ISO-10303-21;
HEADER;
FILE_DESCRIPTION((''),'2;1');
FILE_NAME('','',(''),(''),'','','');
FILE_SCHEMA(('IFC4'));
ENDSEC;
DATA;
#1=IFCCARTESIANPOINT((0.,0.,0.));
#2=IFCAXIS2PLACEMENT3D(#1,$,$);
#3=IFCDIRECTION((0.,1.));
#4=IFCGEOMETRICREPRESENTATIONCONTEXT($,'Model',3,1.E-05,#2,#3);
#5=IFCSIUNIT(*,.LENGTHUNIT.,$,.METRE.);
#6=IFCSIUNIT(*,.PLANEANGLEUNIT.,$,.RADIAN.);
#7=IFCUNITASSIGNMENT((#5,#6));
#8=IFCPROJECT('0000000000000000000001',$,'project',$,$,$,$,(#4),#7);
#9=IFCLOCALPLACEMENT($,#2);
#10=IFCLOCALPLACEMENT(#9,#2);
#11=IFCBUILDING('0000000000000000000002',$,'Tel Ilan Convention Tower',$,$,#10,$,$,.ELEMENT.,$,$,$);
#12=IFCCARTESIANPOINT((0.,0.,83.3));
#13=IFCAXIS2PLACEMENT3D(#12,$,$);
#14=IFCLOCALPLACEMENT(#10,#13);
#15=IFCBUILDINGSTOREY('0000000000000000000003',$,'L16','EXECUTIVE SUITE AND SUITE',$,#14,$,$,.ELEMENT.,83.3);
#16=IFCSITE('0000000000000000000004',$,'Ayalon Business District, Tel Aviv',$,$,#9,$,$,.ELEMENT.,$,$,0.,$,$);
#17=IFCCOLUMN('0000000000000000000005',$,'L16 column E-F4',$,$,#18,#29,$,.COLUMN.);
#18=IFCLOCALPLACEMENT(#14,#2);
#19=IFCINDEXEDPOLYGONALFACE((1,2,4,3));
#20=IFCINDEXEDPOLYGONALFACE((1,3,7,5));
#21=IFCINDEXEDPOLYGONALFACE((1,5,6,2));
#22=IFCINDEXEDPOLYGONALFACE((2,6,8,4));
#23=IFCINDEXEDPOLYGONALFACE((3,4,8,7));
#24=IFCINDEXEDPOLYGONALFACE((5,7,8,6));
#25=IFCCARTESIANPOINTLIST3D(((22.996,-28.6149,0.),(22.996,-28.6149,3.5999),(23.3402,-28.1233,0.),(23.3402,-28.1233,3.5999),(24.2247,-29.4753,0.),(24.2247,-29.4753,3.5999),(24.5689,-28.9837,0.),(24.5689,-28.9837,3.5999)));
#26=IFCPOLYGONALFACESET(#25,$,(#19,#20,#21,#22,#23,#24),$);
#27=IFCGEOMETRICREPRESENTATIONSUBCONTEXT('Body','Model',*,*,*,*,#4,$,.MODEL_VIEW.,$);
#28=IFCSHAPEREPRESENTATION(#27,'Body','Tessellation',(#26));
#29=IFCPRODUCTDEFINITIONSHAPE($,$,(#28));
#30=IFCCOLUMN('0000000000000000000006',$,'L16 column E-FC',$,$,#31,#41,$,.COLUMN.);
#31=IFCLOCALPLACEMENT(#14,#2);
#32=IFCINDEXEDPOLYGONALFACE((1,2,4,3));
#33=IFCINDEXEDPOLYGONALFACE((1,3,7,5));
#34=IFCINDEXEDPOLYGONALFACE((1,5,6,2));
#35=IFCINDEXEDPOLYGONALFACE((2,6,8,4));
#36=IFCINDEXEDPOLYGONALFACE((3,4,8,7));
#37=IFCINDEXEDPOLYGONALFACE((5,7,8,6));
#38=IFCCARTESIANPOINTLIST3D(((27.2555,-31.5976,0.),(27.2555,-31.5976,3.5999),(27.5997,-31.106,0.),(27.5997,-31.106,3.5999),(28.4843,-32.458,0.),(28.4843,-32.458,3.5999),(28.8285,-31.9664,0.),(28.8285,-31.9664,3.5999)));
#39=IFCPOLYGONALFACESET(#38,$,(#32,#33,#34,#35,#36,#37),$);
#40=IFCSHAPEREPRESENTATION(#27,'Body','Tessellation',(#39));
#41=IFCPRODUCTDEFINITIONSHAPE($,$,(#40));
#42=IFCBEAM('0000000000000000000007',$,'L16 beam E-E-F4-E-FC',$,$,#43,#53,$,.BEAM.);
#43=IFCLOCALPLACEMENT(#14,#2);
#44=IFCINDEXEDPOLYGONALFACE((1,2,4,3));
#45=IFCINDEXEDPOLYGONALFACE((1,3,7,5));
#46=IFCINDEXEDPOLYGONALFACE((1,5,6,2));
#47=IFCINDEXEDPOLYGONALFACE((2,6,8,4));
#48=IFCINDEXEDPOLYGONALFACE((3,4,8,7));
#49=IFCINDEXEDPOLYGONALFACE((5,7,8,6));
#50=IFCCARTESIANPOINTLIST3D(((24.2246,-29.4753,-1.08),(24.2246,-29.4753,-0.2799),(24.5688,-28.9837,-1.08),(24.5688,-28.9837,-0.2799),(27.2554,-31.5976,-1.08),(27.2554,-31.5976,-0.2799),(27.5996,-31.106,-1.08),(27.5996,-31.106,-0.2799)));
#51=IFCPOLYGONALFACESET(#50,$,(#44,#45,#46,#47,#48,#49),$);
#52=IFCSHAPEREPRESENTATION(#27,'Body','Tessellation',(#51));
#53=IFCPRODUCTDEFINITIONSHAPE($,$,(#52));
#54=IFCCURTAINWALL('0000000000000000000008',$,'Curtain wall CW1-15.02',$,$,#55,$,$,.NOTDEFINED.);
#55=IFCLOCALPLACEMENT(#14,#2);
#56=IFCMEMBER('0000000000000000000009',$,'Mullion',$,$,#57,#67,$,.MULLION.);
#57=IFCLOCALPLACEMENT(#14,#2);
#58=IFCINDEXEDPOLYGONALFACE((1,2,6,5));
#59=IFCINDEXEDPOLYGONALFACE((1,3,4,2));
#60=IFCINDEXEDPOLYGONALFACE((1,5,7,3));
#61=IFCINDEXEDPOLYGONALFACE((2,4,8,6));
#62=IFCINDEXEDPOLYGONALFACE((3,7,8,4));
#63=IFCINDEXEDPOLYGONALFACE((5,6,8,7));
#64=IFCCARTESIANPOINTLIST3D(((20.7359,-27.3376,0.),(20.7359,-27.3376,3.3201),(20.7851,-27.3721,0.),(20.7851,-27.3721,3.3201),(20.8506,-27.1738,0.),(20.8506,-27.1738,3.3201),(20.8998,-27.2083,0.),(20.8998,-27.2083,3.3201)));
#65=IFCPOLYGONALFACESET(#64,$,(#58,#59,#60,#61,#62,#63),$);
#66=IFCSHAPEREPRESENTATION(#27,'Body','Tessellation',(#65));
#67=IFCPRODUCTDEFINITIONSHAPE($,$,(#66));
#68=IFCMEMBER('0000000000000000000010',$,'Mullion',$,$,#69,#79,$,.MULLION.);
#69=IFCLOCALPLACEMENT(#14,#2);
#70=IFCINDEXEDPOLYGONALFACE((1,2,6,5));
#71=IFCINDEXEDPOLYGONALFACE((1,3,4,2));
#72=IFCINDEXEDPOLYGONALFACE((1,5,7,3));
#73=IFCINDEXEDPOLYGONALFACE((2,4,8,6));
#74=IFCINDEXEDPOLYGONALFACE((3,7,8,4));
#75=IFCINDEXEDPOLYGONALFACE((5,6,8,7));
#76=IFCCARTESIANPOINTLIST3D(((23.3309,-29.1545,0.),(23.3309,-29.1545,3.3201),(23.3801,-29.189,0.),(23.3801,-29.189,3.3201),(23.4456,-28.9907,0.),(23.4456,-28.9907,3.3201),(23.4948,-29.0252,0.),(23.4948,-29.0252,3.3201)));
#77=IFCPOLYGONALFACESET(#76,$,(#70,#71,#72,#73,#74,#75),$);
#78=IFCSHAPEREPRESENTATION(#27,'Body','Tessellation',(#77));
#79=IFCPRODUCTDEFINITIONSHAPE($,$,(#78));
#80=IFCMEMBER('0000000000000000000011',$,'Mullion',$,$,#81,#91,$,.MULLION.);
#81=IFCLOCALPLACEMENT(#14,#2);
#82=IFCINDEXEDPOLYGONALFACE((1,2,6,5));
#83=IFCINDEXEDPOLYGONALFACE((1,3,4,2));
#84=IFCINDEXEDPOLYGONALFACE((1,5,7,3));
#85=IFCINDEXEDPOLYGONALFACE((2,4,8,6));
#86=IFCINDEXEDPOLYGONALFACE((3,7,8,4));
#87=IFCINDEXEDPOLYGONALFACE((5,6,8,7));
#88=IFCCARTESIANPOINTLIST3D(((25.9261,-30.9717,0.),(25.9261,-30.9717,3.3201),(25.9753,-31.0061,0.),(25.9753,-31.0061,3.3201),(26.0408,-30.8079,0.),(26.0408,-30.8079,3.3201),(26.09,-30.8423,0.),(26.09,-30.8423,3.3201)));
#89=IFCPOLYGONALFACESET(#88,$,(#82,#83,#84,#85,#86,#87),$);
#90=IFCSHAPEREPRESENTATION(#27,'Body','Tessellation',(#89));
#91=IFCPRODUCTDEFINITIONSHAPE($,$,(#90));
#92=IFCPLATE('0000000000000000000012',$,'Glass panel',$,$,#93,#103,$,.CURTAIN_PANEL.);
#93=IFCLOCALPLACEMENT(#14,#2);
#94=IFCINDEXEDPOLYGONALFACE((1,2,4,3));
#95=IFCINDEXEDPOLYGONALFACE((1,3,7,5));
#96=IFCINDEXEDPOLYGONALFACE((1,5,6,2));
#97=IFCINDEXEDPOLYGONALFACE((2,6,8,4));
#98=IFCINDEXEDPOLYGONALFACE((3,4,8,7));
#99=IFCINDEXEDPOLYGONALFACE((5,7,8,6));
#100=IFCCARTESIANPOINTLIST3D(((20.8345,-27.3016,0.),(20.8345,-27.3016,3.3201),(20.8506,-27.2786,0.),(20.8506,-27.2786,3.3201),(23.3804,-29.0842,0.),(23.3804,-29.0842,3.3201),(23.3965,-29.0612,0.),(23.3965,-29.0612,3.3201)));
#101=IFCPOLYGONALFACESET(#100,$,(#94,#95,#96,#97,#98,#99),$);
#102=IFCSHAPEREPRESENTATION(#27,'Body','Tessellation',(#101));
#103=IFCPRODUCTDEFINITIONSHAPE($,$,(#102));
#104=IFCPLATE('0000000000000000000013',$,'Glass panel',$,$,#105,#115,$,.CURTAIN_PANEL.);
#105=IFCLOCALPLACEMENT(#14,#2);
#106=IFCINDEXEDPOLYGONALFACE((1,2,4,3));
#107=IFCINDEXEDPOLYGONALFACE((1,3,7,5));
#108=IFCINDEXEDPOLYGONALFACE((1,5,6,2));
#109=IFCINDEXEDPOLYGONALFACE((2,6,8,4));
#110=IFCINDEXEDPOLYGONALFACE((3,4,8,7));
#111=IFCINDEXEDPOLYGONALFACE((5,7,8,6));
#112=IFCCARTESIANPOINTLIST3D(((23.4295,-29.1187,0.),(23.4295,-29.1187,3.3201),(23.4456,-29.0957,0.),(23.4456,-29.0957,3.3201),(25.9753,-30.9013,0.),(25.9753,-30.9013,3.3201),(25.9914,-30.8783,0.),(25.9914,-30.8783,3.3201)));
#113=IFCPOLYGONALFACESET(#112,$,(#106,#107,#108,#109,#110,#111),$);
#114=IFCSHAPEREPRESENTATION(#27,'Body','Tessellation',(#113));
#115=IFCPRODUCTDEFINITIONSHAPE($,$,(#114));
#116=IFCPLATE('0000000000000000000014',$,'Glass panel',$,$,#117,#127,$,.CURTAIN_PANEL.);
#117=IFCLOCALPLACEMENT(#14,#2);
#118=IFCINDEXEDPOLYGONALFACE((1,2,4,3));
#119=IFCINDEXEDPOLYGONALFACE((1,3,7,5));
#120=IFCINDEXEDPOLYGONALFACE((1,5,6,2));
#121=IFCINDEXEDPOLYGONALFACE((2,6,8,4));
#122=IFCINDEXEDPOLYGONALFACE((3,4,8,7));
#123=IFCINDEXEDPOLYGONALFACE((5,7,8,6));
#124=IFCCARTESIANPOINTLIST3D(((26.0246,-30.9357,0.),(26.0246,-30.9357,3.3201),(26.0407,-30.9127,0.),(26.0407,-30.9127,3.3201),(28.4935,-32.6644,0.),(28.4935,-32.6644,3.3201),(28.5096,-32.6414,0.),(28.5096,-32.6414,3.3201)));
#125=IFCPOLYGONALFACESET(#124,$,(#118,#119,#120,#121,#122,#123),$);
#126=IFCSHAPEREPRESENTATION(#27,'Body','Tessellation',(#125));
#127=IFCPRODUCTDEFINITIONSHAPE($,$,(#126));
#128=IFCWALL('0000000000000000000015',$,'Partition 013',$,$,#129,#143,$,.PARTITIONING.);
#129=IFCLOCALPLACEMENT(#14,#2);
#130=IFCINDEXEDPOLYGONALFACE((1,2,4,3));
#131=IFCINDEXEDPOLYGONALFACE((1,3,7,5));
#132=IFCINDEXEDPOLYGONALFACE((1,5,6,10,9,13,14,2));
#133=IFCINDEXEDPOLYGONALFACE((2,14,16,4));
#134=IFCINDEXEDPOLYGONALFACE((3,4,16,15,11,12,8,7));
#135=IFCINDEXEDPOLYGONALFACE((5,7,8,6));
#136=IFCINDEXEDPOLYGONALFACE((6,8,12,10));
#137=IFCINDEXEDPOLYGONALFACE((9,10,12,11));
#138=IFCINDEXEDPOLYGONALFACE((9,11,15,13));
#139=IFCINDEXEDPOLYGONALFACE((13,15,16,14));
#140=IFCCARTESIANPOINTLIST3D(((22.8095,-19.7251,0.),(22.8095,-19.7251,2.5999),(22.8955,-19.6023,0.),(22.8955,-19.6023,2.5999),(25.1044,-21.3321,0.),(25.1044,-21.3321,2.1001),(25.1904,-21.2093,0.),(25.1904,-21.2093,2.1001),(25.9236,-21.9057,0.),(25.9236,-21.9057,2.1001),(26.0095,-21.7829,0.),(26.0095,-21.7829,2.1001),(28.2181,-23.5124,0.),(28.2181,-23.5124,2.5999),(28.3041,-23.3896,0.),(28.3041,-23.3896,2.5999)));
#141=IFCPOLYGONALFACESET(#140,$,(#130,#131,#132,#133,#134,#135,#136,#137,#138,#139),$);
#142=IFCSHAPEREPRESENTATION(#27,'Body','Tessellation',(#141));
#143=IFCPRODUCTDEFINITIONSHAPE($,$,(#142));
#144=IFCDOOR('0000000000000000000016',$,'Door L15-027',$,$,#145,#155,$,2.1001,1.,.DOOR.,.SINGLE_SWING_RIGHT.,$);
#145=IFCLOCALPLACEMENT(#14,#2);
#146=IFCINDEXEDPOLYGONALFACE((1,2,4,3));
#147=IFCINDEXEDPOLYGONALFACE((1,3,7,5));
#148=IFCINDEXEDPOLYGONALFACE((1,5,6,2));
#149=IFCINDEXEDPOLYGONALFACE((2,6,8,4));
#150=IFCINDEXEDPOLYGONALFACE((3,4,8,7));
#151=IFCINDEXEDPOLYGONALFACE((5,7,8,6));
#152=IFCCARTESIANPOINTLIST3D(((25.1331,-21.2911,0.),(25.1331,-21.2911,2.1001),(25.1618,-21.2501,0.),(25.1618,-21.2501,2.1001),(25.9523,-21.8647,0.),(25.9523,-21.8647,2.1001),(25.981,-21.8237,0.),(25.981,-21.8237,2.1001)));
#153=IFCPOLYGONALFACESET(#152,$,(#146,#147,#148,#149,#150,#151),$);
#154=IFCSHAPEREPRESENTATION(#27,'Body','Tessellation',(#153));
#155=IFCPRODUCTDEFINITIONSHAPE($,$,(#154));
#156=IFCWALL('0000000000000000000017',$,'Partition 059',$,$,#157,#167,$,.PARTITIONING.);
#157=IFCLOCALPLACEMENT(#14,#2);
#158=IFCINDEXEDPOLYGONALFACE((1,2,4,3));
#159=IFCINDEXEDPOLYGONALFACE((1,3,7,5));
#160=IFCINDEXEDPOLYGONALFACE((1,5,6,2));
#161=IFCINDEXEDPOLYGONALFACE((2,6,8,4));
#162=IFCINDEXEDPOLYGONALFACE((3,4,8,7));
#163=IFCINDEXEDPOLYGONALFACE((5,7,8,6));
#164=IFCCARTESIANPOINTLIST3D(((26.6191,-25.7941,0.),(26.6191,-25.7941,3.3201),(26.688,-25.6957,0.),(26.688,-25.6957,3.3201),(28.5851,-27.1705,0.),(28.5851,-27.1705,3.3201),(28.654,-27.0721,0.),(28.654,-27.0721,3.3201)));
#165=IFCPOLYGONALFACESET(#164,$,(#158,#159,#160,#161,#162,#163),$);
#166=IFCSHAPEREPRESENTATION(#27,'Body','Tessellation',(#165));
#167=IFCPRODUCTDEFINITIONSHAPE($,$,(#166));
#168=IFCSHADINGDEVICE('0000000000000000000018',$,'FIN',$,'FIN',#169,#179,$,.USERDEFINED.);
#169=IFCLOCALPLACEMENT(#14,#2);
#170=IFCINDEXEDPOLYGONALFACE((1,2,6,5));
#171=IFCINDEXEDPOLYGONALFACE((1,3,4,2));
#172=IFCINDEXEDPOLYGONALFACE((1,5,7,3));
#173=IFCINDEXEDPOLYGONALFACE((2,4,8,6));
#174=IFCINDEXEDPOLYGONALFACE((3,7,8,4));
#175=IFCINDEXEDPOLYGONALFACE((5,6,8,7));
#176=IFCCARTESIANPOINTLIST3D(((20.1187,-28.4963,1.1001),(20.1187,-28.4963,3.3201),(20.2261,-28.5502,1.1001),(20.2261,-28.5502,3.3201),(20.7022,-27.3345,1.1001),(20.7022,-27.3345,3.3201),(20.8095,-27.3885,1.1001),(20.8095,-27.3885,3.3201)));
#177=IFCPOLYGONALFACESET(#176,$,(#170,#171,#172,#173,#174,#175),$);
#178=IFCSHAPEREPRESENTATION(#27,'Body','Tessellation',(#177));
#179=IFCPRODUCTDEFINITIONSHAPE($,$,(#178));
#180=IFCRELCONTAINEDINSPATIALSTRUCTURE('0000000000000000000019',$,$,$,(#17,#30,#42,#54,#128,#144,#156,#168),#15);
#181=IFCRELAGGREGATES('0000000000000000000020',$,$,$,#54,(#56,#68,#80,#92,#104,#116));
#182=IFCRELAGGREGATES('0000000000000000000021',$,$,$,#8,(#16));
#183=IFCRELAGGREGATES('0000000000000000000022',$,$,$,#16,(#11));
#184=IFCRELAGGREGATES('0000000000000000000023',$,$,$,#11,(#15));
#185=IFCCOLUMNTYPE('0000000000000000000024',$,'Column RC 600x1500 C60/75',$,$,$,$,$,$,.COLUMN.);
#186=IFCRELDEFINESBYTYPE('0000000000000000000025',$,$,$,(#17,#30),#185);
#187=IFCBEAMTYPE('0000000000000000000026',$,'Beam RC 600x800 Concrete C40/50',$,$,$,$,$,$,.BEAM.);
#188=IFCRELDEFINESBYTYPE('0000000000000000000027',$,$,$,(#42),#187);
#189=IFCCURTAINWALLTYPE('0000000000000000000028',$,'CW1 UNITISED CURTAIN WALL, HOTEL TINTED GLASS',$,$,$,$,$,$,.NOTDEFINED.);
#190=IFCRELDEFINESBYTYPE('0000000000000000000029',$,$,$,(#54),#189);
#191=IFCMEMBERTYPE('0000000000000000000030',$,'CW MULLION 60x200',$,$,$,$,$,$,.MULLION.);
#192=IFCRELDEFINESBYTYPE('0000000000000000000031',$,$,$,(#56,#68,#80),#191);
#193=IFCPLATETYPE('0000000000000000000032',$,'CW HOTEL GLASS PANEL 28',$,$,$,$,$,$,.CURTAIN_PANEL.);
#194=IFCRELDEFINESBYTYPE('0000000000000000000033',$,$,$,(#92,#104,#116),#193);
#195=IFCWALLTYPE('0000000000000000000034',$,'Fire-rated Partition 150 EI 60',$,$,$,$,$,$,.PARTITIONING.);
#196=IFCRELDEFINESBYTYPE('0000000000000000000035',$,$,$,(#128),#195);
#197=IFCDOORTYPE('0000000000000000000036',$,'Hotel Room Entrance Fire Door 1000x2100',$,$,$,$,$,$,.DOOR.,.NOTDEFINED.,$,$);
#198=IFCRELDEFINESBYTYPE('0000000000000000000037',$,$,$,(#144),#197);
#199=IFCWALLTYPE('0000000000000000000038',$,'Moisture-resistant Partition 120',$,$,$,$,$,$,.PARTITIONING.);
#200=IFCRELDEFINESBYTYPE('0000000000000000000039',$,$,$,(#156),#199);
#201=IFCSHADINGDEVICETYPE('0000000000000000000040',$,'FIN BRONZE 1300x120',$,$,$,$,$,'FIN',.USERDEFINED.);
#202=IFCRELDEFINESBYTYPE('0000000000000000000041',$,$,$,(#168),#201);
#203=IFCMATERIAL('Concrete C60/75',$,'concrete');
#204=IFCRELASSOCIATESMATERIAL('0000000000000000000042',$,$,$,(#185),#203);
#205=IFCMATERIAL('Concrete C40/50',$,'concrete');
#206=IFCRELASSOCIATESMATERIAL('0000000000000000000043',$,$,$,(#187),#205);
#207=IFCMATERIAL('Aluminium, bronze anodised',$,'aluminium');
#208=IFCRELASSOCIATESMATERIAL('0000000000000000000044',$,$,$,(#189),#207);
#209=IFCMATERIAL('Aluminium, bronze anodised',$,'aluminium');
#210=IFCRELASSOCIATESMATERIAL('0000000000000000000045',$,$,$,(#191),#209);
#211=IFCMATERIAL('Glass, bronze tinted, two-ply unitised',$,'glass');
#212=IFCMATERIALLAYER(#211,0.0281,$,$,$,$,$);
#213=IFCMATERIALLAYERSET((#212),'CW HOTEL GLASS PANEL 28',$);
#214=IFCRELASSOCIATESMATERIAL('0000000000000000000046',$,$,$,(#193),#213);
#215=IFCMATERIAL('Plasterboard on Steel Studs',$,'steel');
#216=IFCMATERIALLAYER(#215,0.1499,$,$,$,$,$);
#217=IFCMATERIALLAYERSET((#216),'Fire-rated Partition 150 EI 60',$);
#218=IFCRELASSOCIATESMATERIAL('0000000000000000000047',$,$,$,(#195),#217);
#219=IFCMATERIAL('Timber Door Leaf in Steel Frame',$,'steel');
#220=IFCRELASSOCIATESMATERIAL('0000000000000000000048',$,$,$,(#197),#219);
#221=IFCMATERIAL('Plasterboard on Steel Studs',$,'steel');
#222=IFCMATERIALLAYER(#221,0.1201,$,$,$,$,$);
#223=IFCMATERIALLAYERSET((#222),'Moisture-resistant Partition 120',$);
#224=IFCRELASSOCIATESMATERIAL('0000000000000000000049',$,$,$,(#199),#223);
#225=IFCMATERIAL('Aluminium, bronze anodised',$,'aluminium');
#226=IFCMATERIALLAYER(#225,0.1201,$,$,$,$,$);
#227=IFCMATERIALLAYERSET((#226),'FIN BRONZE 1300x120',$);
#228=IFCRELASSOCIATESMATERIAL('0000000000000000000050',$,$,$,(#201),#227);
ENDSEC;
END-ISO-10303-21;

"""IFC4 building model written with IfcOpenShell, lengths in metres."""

from ifc_helpers import new_model, si_unit, direction, frame, frame_2d, origin, origin_2d, place, context, subcontext, project, spatial, rectangle, extrude, material, layer, layer_set, material_profile, profile_set, type_object, element, fill, aggregate, save


model = new_model("IFC4")

# Units and contexts
model_context = context("Model", 3, precision=1e-05, world=origin(), true_north=direction((0.0, 1.0)))
body_context = subcontext(model_context, "Body", "Model", "MODEL_VIEW")
ifc_project = project(units=[si_unit("LENGTHUNIT", "METRE"), si_unit("PLANEANGLEUNIT", "RADIAN")], contexts=[model_context])

# Site, building, storey
site_placement = place(None, origin())
site = spatial("IfcSite", under=ifc_project, at=site_placement, Name="Ayalon Business District, Tel Aviv", CompositionType="ELEMENT", RefElevation=0.0)
building_placement = place(site_placement, origin())
building = spatial("IfcBuilding", under=site, at=building_placement, Name="Tel Ilan Convention Tower", CompositionType="ELEMENT")
storey_placement = place(building_placement, frame((0.0, 0.0, 83.3)))
storey = spatial("IfcBuildingStorey", under=building, at=storey_placement, Name="L16", Description="EXECUTIVE SUITE AND SUITE", CompositionType="ELEMENT", Elevation=83.3)

# Columns
ifc_material_1 = material(Name="Concrete C60/75", Category="concrete")
ifc_material_profile_1 = material_profile(ifc_material_1, rectangle(XDim=1.5, YDim=0.6001, at=origin_2d()), Name="RC 600x1500")
ifc_profile_set_1 = profile_set([ifc_material_profile_1], Name="Concrete C60/75")
column_type = type_object("IfcColumnType", Name="Column RC 600x1500 C60/75", PredefinedType="COLUMN", material=ifc_profile_set_1)
for number, where, z_axis, x_axis, name in (
    (1, (23.7825, -28.7993, 0.0), (0.0, 0.0, 1.0), (0.819152, -0.573576, 0.0), "L16 column E-F4"),
    (2, (28.042, -31.782, 0.0), (0.0, 0.0, 1.0), (0.819152, -0.573576, 0.0), "L16 column E-FC"),
):
    element("IfcColumn", number, at=place(storey_placement, frame(where, z_axis=z_axis, x_axis=x_axis)), inside=storey, type_object=column_type, Name=name, PredefinedType="COLUMN", context=body_context, shape_type="SweptSolid", body=[
        extrude(rectangle(XDim=1.5, YDim=0.6001, at=origin_2d()), origin(), (0.0, 0.0, 1.0), 3.5999),
    ])

# Beam
ifc_material_2 = material(Name="Concrete C40/50", Category="concrete")
ifc_material_profile_2 = material_profile(ifc_material_2, rectangle(XDim=0.6001, YDim=0.8, at=origin_2d()), Name="RC 600x800")
ifc_profile_set_2 = profile_set([ifc_material_profile_2], Name="Concrete C40/50")
beam_type = type_object("IfcBeamType", Name="Beam RC 600x800 Concrete C40/50", PredefinedType="BEAM", material=ifc_profile_set_2)
beam_placement = place(storey_placement, frame((24.3967, -29.2295, -0.6799), z_axis=(0.819133, -0.573604, 0.0), x_axis=(0.573604, 0.819133, 0.0)))
element("IfcBeam", 3, at=beam_placement, inside=storey, type_object=beam_type, Name="L16 beam E-E-F4-E-FC", PredefinedType="BEAM", context=body_context, shape_type="SweptSolid", body=[
    extrude(rectangle(XDim=0.6001, YDim=0.8, at=origin_2d()), origin(), (0.0, 0.0, 1.0), 3.7),
])

# Curtain wall, members, plates
ifc_material_3 = material(Name="Aluminium, bronze anodised", Category="aluminium")
curtain_wall_type = type_object("IfcCurtainWallType", Name="CW1 UNITISED CURTAIN WALL, HOTEL TINTED GLASS", PredefinedType="NOTDEFINED", material=ifc_material_3)
curtain_wall_placement = place(storey_placement, origin())
curtain_wall = element("IfcCurtainWall", 4, at=curtain_wall_placement, inside=storey, type_object=curtain_wall_type, Name="Curtain wall CW1-15.02", PredefinedType="NOTDEFINED")
ifc_material_4 = material(Name="Aluminium, bronze anodised", Category="aluminium")
ifc_material_profile_3 = material_profile(ifc_material_4, rectangle(XDim=0.0601, YDim=0.2, at=origin_2d()), Name="CW MULLION 60x200")
ifc_profile_set_3 = profile_set([ifc_material_profile_3], Name="Aluminium, bronze anodised")
member_type = type_object("IfcMemberType", Name="CW MULLION 60x200", PredefinedType="MULLION", material=ifc_profile_set_3)
member_1_placement = place(storey_placement, frame((20.8179, -27.2729, 0.0), z_axis=(0.0, 0.0, 1.0), x_axis=(0.819152, -0.573576, 0.0)))
member_1 = element("IfcMember", 5, at=member_1_placement, type_object=member_type, Name="Mullion", PredefinedType="MULLION", context=body_context, shape_type="SweptSolid", body=[
    extrude(rectangle(XDim=0.0601, YDim=0.2, at=origin_2d()), origin(), (0.0, 0.0, 1.0), 3.3201),
])
member_2_placement = place(storey_placement, frame((23.4128, -29.0898, 0.0), z_axis=(0.0, 0.0, 1.0), x_axis=(0.819152, -0.573576, 0.0)))
member_2 = element("IfcMember", 6, at=member_2_placement, type_object=member_type, Name="Mullion", PredefinedType="MULLION", context=body_context, shape_type="SweptSolid", body=[
    extrude(rectangle(XDim=0.0601, YDim=0.2, at=origin_2d()), origin(), (0.0, 0.0, 1.0), 3.3201),
])
member_3_placement = place(storey_placement, frame((26.0081, -30.907, 0.0), z_axis=(0.0, 0.0, 1.0), x_axis=(0.819152, -0.573576, 0.0)))
member_3 = element("IfcMember", 7, at=member_3_placement, type_object=member_type, Name="Mullion", PredefinedType="MULLION", context=body_context, shape_type="SweptSolid", body=[
    extrude(rectangle(XDim=0.0601, YDim=0.2, at=origin_2d()), origin(), (0.0, 0.0, 1.0), 3.3201),
])
ifc_material_5 = material(Name="Glass, bronze tinted, two-ply unitised", Category="glass")
ifc_layer_1 = layer(ifc_material_5, 0.0281)
ifc_layer_set_1 = layer_set([ifc_layer_1], Name="CW HOTEL GLASS PANEL 28")
plate_type = type_object("IfcPlateType", Name="CW HOTEL GLASS PANEL 28", PredefinedType="CURTAIN_PANEL", material=ifc_layer_set_1)
plate_1_placement = place(storey_placement, frame((22.1155, -28.1814, 0.0), z_axis=(0.0, 0.0, 1.0), x_axis=(0.819152, -0.573576, 0.0)))
plate_1 = element("IfcPlate", 8, at=plate_1_placement, type_object=plate_type, Name="Glass panel", PredefinedType="CURTAIN_PANEL", context=body_context, shape_type="SweptSolid", body=[
    extrude(rectangle(XDim=3.1079, YDim=0.0281, at=origin_2d()), origin(), (0.0, 0.0, 1.0), 3.3201),
])
plate_2_placement = place(storey_placement, frame((24.7104, -29.9985, 0.0), z_axis=(0.0, 0.0, 1.0), x_axis=(0.819152, -0.573576, 0.0)))
plate_2 = element("IfcPlate", 9, at=plate_2_placement, type_object=plate_type, Name="Glass panel", PredefinedType="CURTAIN_PANEL", context=body_context, shape_type="SweptSolid", body=[
    extrude(rectangle(XDim=3.1079, YDim=0.0281, at=origin_2d()), origin(), (0.0, 0.0, 1.0), 3.3201),
])
plate_3_placement = place(storey_placement, frame((27.2671, -31.7886, 0.0), z_axis=(0.0, 0.0, 1.0), x_axis=(0.819152, -0.573576, 0.0)))
plate_3 = element("IfcPlate", 10, at=plate_3_placement, type_object=plate_type, Name="Glass panel", PredefinedType="CURTAIN_PANEL", context=body_context, shape_type="SweptSolid", body=[
    extrude(rectangle(XDim=3.0139, YDim=0.0281, at=origin_2d()), origin(), (0.0, 0.0, 1.0), 3.3201),
])
aggregate(curtain_wall, [member_1, member_2, member_3, plate_1, plate_2, plate_3])

# Wall, opening, door
ifc_material_6 = material(Name="Plasterboard on Steel Studs", Category="steel")
ifc_layer_2 = layer(ifc_material_6, 0.1499)
ifc_layer_set_2 = layer_set([ifc_layer_2], Name="Fire-rated Partition 150 EI 60")
wall_type_1 = type_object("IfcWallType", Name="Fire-rated Partition 150 EI 60", PredefinedType="PARTITIONING", material=ifc_layer_set_2)
wall_1_placement = place(storey_placement, frame((28.261, -23.4509, 0.0), z_axis=(0.0, 0.0, 1.0), x_axis=(-0.819142, 0.573591, 0.0)))
wall_1 = element("IfcWall", 11, at=wall_1_placement, inside=storey, type_object=wall_type_1, Name="Partition 013", PredefinedType="PARTITIONING", context=body_context, shape_type="SweptSolid", body=[
    extrude(rectangle(XDim=6.6028, YDim=0.1499, at=frame_2d((3.3013, 0.0))), origin(), (0.0, 0.0, 1.0), 2.5999),
])
opening_placement = place(wall_1_placement, frame((2.801, 0.0, 0.0)))
opening = element("IfcOpeningElement", 12, at=opening_placement, cuts=wall_1, PredefinedType="OPENING", context=body_context, shape_type="SweptSolid", body=[
    extrude(rectangle(XDim=1.0, YDim=2.1001, at=frame_2d((0.5, 1.05))), frame((0.0, 0.085, 0.0), z_axis=(0.0, -1.0, 0.0), x_axis=(1.0, 0.0, 0.0)), (0.0, 0.0, 1.0), 0.1699),
])
ifc_material_7 = material(Name="Timber Door Leaf in Steel Frame", Category="steel")
door_type = type_object("IfcDoorType", Name="Hotel Room Entrance Fire Door 1000x2100", OperationType="NOTDEFINED", PredefinedType="DOOR", material=ifc_material_7)
door_placement = place(opening_placement, origin())
door = element("IfcDoor", 13, at=door_placement, inside=storey, type_object=door_type, Name="Door L15-027", OperationType="SINGLE_SWING_RIGHT", OverallHeight=2.1001, OverallWidth=1.0, PredefinedType="DOOR", context=body_context, shape_type="SweptSolid", body=[
    extrude(rectangle(XDim=1.0, YDim=2.1001, at=frame_2d((0.5, 1.05))), frame((0.0, 0.0249, 0.0), z_axis=(0.0, -1.0, 0.0), x_axis=(1.0, 0.0, 0.0)), (0.0, 0.0, 1.0), 0.05),
])
fill(opening, door)

# Wall
ifc_material_8 = material(Name="Plasterboard on Steel Studs", Category="steel")
ifc_layer_3 = layer(ifc_material_8, 0.1201)
ifc_layer_set_3 = layer_set([ifc_layer_3], Name="Moisture-resistant Partition 120")
wall_type_2 = type_object("IfcWallType", Name="Moisture-resistant Partition 120", PredefinedType="PARTITIONING", material=ifc_layer_set_3)
wall_2_placement = place(storey_placement, frame((26.6536, -25.7449, 0.0), z_axis=(0.0, 0.0, 1.0), x_axis=(0.819189, -0.573524, 0.0)))
element("IfcWall", 14, at=wall_2_placement, inside=storey, type_object=wall_type_2, Name="Partition 059", PredefinedType="PARTITIONING", context=body_context, shape_type="SweptSolid", body=[
    extrude(rectangle(XDim=2.3999, YDim=0.1201, at=frame_2d((1.2, 0.0))), origin(), (0.0, 0.0, 1.0), 3.3201),
])

# Shading device
ifc_material_9 = material(Name="Aluminium, bronze anodised", Category="aluminium")
ifc_layer_4 = layer(ifc_material_9, 0.1201)
ifc_layer_set_4 = layer_set([ifc_layer_4], Name="FIN BRONZE 1300x120")
shading_device_type = type_object("IfcShadingDeviceType", Name="FIN BRONZE 1300x120", ElementType="FIN", PredefinedType="USERDEFINED", material=ifc_layer_set_4)
for number, where, z_axis, x_axis, name in (
    (15, (20.4641, -27.9424, 1.1001), (0.0, 0.0, 1.0), (-0.448799, -0.893633, 0.0), "FIN"),
):
    element("IfcShadingDevice", number, at=place(storey_placement, frame(where, z_axis=z_axis, x_axis=x_axis)), inside=storey, type_object=shading_device_type, Name=name, ObjectType="FIN", PredefinedType="USERDEFINED", context=body_context, shape_type="SweptSolid", body=[
        extrude(rectangle(XDim=1.3, YDim=0.1201, at=origin_2d()), origin(), (0.0, 0.0, 1.0), 2.22),
    ])

save(model, "model.ifc")
